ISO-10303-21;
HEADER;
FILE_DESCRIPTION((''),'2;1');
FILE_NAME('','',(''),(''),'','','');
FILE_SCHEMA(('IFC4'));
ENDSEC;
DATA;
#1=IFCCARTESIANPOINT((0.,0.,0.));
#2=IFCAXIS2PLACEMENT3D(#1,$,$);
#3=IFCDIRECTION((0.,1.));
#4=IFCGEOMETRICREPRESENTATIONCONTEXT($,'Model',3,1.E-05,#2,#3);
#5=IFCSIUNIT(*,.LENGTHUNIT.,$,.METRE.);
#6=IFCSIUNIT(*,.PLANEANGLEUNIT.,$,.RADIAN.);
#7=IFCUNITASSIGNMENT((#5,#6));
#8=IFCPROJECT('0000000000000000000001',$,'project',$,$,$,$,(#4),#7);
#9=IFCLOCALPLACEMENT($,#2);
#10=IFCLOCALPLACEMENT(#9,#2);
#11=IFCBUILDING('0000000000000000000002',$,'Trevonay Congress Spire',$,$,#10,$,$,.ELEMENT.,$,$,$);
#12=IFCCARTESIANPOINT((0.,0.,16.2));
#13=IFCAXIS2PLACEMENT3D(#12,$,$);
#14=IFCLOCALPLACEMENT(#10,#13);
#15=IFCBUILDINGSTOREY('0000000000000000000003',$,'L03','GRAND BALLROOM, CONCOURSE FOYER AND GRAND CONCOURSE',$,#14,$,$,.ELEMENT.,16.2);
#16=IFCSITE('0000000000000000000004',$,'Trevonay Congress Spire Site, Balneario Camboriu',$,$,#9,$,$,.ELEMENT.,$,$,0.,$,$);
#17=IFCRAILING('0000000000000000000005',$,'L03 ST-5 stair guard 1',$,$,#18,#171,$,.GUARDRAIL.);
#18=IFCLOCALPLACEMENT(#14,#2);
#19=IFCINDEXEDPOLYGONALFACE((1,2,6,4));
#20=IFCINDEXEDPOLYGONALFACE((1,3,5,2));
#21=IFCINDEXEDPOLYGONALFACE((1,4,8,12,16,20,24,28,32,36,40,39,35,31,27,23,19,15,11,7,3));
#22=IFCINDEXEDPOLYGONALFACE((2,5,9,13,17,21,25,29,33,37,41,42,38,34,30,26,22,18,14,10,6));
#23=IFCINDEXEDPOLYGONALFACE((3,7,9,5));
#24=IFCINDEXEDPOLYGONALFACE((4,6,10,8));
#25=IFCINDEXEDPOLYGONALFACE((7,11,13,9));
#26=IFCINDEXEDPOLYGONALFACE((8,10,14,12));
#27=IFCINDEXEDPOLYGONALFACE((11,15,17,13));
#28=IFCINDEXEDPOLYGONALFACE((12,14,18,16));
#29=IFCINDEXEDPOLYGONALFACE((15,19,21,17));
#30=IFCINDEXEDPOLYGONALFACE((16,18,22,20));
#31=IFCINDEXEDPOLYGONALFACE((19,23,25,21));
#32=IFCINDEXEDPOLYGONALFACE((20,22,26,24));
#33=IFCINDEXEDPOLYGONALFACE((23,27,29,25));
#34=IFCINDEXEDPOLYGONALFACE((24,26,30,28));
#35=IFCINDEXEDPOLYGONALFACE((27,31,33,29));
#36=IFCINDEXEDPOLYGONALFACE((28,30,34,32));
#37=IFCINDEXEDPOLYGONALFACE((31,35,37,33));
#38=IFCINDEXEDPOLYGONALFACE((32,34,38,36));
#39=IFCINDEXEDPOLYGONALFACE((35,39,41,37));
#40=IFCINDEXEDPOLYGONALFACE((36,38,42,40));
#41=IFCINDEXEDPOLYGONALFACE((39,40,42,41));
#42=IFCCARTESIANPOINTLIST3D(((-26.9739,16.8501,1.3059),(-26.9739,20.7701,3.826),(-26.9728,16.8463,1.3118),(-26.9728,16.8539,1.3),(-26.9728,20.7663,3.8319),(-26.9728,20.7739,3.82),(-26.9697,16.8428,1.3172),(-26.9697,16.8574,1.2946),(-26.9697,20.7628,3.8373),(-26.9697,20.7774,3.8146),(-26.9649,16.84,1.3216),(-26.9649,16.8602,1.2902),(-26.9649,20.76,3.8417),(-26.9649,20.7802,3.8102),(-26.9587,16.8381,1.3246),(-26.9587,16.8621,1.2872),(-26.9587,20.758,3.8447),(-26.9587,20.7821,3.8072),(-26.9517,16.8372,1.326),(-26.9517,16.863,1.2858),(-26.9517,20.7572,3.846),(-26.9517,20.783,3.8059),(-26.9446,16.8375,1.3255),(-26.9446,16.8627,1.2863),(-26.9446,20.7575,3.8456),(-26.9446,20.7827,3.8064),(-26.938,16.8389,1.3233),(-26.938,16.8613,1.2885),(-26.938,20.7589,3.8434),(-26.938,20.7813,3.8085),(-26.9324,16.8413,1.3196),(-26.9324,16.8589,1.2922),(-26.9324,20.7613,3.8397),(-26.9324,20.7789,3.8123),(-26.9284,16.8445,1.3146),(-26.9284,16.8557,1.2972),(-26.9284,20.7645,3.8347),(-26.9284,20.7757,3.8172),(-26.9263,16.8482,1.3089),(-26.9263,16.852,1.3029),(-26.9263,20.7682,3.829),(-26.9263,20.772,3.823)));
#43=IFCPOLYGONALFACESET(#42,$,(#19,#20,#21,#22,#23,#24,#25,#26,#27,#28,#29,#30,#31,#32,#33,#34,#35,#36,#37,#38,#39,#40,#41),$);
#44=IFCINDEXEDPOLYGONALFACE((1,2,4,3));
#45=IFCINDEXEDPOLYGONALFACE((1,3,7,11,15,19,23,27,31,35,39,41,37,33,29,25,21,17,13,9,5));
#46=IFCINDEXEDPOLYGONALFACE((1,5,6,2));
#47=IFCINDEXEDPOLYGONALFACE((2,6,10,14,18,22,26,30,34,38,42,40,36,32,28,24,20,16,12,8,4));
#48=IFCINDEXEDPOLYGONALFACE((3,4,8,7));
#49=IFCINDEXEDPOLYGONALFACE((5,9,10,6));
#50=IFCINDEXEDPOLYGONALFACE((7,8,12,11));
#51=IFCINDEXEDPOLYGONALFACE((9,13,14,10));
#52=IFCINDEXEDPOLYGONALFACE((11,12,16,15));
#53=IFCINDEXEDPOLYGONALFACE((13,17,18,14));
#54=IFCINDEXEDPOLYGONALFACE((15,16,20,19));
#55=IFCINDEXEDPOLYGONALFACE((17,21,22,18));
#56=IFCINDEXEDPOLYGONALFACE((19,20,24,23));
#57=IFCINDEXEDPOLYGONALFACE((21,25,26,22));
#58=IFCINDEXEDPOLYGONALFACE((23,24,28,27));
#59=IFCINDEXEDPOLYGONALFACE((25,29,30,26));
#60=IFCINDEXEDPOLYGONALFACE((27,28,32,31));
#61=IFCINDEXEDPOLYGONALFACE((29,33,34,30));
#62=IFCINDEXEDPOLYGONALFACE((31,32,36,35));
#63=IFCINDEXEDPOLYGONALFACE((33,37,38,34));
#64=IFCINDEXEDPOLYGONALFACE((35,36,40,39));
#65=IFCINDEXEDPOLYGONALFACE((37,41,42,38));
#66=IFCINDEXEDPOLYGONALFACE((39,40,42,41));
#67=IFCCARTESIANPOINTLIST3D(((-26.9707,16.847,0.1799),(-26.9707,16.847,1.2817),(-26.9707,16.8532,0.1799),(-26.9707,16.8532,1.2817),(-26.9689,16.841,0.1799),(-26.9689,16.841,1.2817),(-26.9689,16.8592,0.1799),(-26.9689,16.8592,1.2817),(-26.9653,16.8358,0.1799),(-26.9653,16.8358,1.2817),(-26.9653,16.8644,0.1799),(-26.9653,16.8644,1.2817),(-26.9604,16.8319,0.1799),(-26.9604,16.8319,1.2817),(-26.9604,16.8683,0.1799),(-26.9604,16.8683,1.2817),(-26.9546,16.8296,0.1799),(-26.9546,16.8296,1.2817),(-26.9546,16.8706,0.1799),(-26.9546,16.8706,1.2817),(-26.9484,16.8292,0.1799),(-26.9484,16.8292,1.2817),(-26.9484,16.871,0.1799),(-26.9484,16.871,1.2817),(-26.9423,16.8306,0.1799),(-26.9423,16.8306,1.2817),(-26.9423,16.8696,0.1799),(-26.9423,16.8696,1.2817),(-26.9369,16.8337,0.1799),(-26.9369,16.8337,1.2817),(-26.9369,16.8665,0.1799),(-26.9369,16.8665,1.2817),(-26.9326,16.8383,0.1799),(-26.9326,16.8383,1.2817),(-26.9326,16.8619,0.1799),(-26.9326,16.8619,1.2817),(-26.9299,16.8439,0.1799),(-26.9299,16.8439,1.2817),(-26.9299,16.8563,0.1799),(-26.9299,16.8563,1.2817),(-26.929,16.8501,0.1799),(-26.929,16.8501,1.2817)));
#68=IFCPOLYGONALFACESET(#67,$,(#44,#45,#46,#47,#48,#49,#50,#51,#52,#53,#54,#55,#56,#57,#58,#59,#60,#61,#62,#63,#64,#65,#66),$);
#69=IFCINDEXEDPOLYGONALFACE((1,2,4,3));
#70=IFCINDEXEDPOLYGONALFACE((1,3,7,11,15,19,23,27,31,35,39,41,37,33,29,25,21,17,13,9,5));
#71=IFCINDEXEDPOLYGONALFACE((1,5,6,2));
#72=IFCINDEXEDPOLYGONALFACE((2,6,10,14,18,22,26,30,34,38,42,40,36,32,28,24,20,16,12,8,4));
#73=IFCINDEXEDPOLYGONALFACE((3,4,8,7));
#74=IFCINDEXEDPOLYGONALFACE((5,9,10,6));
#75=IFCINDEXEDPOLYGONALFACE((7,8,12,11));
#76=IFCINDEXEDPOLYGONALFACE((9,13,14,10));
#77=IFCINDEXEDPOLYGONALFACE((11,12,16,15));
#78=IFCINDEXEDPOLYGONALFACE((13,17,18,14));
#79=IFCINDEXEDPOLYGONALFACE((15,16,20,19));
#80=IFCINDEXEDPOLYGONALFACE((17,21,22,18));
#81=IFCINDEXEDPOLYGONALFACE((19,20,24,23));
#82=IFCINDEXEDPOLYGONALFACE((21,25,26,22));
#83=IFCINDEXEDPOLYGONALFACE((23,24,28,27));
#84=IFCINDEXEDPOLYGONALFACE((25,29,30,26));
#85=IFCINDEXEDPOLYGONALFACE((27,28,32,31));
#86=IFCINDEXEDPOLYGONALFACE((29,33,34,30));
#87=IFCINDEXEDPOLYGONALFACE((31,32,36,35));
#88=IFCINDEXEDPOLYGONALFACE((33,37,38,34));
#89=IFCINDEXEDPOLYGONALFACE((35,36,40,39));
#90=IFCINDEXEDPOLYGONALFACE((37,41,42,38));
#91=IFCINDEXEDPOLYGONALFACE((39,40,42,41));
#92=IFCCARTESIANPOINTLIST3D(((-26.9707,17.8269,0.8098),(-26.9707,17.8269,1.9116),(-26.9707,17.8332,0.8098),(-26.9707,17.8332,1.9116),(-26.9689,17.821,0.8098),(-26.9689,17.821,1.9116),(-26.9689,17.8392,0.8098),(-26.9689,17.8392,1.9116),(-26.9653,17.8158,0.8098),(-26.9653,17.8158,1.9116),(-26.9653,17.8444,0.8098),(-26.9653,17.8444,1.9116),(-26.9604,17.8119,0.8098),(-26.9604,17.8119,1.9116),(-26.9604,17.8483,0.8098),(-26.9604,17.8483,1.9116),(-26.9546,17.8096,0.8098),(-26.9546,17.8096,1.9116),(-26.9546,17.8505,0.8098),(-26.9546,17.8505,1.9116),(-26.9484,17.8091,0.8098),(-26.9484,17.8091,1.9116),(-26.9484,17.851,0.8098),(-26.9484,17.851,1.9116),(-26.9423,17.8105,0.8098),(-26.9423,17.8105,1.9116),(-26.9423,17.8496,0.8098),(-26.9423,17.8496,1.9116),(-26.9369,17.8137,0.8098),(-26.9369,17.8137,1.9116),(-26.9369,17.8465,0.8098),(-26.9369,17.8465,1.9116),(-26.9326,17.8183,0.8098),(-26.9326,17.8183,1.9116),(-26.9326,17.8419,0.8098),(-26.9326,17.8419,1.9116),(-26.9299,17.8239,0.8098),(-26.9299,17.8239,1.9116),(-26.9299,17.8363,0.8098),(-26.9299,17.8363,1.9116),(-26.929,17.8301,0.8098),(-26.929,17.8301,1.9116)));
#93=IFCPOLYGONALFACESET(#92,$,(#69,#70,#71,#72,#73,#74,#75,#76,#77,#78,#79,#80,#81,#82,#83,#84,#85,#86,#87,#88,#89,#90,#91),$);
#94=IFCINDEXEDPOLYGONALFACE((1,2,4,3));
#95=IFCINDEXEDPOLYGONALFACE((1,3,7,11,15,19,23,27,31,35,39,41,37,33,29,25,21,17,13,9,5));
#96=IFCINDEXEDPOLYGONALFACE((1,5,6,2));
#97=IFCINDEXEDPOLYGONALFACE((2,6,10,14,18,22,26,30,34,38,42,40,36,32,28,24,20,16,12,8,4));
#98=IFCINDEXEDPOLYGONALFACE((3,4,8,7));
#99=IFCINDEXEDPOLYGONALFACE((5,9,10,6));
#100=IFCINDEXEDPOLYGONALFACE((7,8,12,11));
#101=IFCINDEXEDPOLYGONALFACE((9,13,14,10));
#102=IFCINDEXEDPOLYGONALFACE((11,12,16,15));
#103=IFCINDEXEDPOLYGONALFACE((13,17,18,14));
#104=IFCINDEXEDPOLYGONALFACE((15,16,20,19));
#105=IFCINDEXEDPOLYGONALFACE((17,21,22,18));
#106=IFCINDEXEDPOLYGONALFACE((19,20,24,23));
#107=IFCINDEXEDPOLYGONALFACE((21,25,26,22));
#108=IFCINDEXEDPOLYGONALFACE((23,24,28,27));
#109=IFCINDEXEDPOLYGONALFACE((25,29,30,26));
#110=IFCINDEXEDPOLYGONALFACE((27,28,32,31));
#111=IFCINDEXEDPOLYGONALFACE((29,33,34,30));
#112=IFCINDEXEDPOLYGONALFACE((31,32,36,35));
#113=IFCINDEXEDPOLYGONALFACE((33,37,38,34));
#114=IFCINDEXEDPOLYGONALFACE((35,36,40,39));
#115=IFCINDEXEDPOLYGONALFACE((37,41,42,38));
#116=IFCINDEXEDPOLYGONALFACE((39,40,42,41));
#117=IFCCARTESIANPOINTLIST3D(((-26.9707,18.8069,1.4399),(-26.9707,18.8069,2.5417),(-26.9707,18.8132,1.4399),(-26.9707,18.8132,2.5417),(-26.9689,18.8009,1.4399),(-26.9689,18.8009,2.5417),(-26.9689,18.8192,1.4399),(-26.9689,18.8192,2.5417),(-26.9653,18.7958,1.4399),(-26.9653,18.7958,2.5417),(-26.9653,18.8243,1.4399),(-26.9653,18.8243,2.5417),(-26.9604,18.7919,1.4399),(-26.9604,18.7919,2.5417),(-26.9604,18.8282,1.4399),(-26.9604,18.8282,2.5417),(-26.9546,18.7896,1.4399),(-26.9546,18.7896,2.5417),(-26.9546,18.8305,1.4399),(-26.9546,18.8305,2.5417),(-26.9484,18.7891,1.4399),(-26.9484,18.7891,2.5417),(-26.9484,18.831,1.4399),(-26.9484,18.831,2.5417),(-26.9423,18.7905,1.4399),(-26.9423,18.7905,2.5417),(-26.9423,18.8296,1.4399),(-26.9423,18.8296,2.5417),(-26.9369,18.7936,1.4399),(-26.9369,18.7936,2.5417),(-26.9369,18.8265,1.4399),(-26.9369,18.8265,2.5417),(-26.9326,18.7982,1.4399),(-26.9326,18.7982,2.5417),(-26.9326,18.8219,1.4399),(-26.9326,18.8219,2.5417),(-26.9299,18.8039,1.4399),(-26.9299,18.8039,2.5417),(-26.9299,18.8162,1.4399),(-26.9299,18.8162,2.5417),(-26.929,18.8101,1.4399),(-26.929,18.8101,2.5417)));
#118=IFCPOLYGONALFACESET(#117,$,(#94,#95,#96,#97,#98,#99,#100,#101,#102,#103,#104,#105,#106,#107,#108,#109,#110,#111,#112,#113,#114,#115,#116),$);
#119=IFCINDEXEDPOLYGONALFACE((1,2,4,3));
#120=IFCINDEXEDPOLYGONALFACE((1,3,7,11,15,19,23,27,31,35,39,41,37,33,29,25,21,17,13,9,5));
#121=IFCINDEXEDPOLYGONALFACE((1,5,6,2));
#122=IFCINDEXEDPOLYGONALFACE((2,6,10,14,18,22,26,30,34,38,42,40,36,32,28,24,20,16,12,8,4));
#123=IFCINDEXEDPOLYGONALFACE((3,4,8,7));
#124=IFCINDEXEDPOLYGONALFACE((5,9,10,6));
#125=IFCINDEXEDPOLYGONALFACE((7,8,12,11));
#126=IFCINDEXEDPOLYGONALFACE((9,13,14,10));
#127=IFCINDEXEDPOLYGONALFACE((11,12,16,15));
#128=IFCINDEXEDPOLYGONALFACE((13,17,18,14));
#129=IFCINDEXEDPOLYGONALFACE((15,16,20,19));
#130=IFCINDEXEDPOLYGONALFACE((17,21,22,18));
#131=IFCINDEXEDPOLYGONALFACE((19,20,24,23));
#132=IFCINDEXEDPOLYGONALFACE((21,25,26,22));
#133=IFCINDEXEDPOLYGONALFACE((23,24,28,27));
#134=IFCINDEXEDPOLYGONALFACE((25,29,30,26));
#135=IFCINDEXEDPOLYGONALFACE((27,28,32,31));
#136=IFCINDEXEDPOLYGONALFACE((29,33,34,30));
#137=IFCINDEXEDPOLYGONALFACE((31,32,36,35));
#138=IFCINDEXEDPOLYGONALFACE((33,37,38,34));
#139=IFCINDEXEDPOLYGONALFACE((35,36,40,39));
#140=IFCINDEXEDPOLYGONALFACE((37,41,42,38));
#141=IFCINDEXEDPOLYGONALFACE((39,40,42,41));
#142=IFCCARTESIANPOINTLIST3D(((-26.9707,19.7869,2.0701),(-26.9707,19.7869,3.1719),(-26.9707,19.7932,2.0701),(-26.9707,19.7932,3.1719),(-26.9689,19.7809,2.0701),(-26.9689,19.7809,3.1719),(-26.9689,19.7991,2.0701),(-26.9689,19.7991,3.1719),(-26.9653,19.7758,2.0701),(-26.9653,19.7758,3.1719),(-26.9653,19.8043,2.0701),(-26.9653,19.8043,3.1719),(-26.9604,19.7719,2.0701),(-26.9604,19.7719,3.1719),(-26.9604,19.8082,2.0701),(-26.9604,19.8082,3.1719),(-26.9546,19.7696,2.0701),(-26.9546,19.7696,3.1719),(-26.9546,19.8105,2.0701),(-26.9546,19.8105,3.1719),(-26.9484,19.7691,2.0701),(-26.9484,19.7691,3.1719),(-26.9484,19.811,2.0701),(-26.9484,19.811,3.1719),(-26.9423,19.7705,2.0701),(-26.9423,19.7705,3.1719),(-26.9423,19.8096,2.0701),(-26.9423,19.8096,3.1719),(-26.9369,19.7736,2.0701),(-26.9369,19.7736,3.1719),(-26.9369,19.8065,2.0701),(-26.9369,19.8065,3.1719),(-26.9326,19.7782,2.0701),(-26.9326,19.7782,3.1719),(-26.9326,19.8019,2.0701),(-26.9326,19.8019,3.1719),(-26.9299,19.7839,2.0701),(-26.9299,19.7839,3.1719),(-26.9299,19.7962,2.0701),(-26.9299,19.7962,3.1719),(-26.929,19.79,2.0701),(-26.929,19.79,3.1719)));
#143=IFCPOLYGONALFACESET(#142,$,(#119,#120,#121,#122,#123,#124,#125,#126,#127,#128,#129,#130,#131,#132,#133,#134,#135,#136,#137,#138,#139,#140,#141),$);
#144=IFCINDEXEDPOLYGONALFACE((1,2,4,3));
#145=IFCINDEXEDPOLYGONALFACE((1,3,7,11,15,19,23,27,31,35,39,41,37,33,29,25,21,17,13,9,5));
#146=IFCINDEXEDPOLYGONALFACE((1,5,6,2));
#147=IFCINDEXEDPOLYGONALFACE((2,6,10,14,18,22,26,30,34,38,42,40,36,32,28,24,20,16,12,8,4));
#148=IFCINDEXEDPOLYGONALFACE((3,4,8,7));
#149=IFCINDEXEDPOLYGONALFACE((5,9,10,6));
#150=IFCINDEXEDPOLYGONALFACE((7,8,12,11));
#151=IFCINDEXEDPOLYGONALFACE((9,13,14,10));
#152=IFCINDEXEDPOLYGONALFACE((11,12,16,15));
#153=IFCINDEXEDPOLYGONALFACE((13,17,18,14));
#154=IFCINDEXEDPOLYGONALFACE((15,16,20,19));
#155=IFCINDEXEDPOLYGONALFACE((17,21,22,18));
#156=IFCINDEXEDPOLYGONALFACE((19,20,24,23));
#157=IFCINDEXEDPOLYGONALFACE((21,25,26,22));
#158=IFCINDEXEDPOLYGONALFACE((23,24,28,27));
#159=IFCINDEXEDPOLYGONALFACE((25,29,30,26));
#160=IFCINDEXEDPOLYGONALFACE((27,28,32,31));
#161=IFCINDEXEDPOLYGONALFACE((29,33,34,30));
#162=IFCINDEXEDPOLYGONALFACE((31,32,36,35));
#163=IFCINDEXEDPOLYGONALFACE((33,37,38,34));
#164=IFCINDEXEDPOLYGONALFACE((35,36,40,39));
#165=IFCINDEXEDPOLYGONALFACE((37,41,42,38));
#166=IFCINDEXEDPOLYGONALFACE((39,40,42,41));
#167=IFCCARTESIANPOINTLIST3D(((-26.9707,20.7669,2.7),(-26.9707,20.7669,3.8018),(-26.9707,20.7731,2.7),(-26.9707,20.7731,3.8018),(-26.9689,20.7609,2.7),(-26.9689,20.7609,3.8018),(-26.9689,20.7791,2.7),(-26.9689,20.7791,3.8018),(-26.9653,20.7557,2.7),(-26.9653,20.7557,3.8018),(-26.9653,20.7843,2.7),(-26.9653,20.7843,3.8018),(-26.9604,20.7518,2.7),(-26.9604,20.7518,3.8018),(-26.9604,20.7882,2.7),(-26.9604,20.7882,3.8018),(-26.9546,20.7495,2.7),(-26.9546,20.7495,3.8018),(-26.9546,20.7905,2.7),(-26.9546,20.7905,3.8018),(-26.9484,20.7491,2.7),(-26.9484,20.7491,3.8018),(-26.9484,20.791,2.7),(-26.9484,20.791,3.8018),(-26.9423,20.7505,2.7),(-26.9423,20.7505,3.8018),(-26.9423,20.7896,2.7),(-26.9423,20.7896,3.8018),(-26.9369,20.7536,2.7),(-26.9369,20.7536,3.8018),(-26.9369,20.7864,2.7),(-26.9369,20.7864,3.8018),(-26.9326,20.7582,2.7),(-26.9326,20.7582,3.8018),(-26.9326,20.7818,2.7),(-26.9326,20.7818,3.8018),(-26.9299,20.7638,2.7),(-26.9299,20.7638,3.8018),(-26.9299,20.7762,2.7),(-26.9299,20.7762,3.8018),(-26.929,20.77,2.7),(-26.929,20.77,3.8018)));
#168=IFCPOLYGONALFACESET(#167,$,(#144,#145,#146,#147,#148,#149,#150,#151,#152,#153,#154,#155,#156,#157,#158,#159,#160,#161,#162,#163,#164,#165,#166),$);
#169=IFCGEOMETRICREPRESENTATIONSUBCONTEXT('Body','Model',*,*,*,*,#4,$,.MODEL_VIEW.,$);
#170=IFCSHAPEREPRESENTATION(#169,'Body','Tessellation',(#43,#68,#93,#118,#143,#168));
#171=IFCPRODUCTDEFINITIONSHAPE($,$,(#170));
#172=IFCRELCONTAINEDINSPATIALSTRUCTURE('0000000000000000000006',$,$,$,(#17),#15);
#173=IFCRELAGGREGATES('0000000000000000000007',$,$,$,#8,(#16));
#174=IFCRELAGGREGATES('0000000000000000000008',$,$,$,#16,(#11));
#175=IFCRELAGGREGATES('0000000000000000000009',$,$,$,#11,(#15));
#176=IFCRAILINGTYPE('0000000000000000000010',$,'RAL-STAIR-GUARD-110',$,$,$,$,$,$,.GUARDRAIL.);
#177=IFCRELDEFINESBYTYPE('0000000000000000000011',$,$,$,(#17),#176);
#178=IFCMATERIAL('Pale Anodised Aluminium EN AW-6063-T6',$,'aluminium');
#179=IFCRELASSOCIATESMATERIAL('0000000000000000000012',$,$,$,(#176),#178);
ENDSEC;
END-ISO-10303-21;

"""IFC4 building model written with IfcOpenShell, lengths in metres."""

from ifc_helpers import new_model, si_unit, direction, frame, origin, origin_2d, place, context, subcontext, project, spatial, circle, extrude, material, type_object, element, save


model = new_model("IFC4")

# Units and contexts
model_context = context("Model", 3, precision=1e-05, world=origin(), true_north=direction((0.0, 1.0)))
body_context = subcontext(model_context, "Body", "Model", "MODEL_VIEW")
ifc_project = project(units=[si_unit("LENGTHUNIT", "METRE"), si_unit("PLANEANGLEUNIT", "RADIAN")], contexts=[model_context])

# Site, building, storey
site_placement = place(None, origin())
site = spatial("IfcSite", under=ifc_project, at=site_placement, Name="Trevonay Congress Spire Site, Balneario Camboriu", CompositionType="ELEMENT", RefElevation=0.0)
building_placement = place(site_placement, origin())
building = spatial("IfcBuilding", under=site, at=building_placement, Name="Trevonay Congress Spire", CompositionType="ELEMENT")
storey_placement = place(building_placement, frame((0.0, 0.0, 16.2)))
storey = spatial("IfcBuildingStorey", under=building, at=storey_placement, Name="L03", Description="GRAND BALLROOM, CONCOURSE FOYER AND GRAND CONCOURSE", CompositionType="ELEMENT", Elevation=16.2)

# Shared definitions
ifc_material_1 = material(Name="Pale Anodised Aluminium EN AW-6063-T6", Category="aluminium")

# Railing
railing_type_1 = type_object("IfcRailingType", Name="RAL-STAIR-GUARD-110", PredefinedType="GUARDRAIL", material=ifc_material_1)
railing_1_placement = place(storey_placement, frame((-26.95, 16.8501, 0.1799)))
element("IfcRailing", 1, at=railing_1_placement, inside=storey, type_object=railing_type_1, Name="L03 ST-5 stair guard 1", PredefinedType="GUARDRAIL", context=body_context, shape_type="SweptSolid", body=[
    extrude(circle(Radius=0.0239, at=origin_2d()), frame((0.0, 0.0, 1.126), z_axis=(0.0, 0.841172, 0.540768), x_axis=(-1.0, 0.0, 0.0)), (0.0, 0.0, 1.0), 4.6602),
    extrude(circle(Radius=0.021, at=origin_2d()), origin(), (0.0, 0.0, 1.0), 1.1018),
    extrude(circle(Radius=0.021, at=origin_2d()), frame((0.0, 0.98, 0.6299)), (0.0, 0.0, 1.0), 1.1018),
    extrude(circle(Radius=0.021, at=origin_2d()), frame((0.0, 1.96, 1.26)), (0.0, 0.0, 1.0), 1.1018),
    extrude(circle(Radius=0.021, at=origin_2d()), frame((0.0, 2.9399, 1.8901)), (0.0, 0.0, 1.0), 1.1018),
    extrude(circle(Radius=0.021, at=origin_2d()), frame((0.0, 3.9199, 2.52)), (0.0, 0.0, 1.0), 1.1018),
])

save(model, "model.ifc")
